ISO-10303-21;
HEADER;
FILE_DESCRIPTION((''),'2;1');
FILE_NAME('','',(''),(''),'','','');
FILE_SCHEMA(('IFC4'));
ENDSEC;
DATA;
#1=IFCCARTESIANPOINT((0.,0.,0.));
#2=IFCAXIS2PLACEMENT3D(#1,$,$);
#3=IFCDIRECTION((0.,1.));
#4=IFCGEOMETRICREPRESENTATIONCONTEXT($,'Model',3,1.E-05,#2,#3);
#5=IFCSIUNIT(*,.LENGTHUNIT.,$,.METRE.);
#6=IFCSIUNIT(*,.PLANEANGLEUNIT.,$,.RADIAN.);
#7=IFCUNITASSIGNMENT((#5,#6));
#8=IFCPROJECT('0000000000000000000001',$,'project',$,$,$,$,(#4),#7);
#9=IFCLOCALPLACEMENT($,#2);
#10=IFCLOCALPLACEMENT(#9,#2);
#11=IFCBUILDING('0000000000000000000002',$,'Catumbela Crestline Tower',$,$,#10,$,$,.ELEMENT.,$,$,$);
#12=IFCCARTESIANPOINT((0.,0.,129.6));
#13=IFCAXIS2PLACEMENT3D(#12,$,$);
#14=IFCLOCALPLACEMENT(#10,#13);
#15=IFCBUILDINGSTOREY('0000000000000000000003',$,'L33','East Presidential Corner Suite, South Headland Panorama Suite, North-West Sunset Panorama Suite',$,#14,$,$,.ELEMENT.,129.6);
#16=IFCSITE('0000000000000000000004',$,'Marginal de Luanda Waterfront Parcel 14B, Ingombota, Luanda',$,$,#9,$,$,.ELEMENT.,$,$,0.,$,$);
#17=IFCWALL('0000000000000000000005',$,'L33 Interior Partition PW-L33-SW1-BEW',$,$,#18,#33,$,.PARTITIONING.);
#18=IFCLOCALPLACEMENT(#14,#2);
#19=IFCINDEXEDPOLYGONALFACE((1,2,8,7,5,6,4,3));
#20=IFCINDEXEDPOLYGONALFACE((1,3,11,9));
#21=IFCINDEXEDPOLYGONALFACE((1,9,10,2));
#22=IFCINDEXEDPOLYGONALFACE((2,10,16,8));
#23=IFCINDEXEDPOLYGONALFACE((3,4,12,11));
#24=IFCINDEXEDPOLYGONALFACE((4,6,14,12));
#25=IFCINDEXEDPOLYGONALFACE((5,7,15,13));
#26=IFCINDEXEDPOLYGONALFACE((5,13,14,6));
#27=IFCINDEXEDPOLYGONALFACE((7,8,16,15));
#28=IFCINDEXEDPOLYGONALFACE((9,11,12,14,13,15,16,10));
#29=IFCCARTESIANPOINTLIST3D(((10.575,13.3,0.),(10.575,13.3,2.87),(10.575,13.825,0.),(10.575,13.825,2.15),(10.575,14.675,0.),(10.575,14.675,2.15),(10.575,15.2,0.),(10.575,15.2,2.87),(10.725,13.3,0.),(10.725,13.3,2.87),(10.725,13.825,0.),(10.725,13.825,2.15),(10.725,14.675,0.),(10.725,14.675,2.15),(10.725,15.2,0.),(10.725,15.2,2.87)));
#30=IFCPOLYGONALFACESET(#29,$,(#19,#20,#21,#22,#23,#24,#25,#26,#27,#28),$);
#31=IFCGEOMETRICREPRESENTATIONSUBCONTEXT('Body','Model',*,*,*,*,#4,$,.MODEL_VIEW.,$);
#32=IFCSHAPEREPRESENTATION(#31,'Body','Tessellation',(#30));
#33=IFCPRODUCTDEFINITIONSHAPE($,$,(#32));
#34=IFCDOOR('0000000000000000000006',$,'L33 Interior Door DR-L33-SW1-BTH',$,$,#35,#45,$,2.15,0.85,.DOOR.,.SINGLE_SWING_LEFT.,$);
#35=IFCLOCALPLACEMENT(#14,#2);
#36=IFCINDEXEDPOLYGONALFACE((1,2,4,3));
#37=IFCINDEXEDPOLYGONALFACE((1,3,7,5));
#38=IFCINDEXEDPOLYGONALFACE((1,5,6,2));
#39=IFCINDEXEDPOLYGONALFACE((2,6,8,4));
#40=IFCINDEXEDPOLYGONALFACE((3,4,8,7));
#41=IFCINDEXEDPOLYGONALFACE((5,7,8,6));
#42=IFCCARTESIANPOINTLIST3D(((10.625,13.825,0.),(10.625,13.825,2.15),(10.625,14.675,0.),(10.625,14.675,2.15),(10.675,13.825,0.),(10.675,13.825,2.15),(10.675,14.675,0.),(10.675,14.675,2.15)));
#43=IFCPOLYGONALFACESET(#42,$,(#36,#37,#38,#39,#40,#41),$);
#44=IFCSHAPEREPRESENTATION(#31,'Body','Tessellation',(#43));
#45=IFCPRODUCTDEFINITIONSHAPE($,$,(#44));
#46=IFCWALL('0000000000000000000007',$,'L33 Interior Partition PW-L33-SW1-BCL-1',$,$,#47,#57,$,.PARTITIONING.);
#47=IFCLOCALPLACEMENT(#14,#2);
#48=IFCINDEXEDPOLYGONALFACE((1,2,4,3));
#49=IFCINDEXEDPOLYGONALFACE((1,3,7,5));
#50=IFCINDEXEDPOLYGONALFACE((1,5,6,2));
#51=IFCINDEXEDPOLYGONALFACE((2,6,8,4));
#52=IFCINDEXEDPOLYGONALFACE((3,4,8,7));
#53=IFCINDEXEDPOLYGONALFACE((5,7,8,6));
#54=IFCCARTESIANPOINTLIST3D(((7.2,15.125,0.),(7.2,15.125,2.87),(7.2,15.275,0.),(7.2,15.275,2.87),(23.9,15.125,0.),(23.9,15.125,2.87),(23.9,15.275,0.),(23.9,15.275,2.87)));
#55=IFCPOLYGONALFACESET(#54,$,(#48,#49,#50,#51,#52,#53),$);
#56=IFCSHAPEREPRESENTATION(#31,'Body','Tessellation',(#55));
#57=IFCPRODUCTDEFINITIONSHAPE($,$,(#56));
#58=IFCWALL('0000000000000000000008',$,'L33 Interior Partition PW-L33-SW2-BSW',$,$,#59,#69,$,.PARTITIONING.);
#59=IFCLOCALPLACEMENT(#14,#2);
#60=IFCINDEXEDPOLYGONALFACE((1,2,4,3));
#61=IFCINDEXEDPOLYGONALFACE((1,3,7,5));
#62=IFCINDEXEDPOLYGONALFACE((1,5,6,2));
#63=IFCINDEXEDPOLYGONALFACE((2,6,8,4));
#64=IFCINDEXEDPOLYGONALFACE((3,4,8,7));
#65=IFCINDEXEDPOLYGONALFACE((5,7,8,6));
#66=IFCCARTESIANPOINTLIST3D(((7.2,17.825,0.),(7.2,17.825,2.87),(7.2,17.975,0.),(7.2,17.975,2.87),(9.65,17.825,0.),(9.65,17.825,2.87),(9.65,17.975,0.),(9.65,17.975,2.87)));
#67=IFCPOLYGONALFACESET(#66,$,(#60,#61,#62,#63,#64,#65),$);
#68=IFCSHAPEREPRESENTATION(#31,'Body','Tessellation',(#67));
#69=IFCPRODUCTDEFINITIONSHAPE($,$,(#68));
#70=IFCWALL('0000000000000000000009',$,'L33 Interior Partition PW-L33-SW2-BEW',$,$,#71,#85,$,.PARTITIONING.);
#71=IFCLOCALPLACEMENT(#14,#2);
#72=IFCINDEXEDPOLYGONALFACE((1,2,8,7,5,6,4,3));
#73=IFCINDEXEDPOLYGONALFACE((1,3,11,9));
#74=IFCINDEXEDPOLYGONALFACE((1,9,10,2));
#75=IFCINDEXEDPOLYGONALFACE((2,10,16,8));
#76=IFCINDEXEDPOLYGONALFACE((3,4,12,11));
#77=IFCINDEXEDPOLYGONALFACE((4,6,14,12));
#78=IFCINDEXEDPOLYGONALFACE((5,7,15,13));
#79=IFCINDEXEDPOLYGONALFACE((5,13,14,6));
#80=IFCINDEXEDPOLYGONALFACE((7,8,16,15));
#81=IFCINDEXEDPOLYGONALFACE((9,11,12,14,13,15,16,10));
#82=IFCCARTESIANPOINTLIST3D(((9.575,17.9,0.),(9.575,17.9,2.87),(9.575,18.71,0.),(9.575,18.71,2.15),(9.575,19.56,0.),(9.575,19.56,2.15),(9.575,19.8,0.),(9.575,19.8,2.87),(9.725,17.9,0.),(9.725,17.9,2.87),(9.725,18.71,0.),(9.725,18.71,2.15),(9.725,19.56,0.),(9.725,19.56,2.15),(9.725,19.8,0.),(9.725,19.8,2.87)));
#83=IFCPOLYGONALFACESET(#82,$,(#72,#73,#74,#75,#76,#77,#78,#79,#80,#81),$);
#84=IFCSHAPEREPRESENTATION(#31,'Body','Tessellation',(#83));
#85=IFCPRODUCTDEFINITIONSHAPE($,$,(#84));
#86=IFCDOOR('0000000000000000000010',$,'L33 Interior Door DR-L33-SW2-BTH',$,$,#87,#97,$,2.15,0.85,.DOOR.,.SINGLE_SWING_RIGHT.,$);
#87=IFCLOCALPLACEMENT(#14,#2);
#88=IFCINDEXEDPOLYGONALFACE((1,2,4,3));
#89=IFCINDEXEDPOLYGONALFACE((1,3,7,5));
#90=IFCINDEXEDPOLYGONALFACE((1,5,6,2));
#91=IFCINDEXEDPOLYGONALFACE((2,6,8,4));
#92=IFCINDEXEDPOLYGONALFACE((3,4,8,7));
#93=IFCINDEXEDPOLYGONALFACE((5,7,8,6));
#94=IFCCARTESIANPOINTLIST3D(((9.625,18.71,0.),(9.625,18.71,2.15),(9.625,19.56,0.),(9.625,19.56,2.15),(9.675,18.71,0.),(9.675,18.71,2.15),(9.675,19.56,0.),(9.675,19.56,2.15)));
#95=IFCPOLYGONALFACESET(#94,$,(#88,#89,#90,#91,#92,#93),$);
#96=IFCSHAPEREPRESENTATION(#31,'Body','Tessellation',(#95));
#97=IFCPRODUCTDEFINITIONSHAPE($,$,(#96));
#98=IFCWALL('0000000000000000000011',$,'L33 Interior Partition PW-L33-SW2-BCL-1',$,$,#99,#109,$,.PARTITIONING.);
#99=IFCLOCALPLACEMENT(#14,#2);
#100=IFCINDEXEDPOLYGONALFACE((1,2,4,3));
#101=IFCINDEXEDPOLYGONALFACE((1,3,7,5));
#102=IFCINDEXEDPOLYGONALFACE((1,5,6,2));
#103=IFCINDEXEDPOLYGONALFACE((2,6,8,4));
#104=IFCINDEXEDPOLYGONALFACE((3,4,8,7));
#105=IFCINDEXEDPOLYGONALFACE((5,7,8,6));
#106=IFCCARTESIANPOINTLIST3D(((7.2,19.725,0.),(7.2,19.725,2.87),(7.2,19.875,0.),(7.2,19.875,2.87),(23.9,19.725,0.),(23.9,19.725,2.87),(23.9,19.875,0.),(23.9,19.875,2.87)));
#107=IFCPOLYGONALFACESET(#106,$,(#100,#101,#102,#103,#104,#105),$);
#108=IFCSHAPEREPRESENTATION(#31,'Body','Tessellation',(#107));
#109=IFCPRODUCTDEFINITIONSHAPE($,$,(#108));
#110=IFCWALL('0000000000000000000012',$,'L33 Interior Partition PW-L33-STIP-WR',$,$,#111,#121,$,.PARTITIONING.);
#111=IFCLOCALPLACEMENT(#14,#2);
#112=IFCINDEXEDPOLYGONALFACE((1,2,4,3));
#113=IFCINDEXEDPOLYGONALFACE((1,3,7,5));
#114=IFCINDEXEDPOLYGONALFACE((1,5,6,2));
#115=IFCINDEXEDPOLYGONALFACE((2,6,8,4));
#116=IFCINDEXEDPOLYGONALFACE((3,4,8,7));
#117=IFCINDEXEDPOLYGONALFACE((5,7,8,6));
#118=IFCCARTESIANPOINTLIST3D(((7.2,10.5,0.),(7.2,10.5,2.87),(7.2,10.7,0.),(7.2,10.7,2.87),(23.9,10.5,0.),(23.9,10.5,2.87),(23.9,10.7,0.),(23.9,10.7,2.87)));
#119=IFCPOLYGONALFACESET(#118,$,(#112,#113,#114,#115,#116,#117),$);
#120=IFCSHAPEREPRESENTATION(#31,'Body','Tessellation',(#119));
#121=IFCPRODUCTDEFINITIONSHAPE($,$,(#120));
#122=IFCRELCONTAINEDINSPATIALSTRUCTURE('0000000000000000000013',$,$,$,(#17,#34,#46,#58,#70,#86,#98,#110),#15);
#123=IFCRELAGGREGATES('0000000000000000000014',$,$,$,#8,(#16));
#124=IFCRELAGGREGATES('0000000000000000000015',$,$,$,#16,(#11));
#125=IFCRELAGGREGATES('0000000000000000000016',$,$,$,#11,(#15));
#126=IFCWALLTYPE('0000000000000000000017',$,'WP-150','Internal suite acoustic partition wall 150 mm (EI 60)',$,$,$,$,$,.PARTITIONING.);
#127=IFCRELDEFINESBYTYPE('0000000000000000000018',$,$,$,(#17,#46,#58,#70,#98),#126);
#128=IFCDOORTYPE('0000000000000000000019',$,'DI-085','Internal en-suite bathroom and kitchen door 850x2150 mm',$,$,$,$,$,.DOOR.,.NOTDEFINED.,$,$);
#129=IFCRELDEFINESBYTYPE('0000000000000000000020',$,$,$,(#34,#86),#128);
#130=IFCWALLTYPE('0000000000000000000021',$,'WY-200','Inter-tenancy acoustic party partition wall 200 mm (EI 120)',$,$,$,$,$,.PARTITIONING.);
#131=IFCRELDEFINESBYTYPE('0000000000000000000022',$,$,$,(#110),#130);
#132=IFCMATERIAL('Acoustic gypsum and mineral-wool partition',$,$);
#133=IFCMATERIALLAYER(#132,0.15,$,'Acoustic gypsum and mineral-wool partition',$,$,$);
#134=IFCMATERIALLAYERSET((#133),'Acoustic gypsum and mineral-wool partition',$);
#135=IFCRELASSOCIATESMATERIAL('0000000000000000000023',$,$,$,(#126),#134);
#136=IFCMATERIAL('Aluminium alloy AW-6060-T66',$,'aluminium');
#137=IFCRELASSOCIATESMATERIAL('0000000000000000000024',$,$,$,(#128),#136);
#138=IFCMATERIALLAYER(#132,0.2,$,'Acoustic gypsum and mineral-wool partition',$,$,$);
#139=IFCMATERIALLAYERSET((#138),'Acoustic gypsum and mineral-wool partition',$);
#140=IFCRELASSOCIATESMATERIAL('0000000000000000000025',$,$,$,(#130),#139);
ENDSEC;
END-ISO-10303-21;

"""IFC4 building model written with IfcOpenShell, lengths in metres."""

from ifc_helpers import new_model, si_unit, direction, frame, frame_2d, origin, place, context, subcontext, project, spatial, rectangle, extrude, material, layer, layer_set, type_object, element, fill, save


model = new_model("IFC4")

# Units and contexts
model_context = context("Model", 3, precision=1e-05, world=origin(), true_north=direction((0.0, 1.0)))
body_context = subcontext(model_context, "Body", "Model", "MODEL_VIEW")
ifc_project = project(units=[si_unit("LENGTHUNIT", "METRE"), si_unit("PLANEANGLEUNIT", "RADIAN")], contexts=[model_context])

# Site, building, storey
site_placement = place(None, origin())
site = spatial("IfcSite", under=ifc_project, at=site_placement, Name="Marginal de Luanda Waterfront Parcel 14B, Ingombota, Luanda", CompositionType="ELEMENT", RefElevation=0.0)
building_placement = place(site_placement, origin())
building = spatial("IfcBuilding", under=site, at=building_placement, Name="Catumbela Crestline Tower", CompositionType="ELEMENT")
storey_placement = place(building_placement, frame((0.0, 0.0, 129.6)))
storey = spatial("IfcBuildingStorey", under=building, at=storey_placement, Name="L33", Description="East Presidential Corner Suite, South Headland Panorama Suite, North-West Sunset Panorama Suite", CompositionType="ELEMENT", Elevation=129.6)

# Shared definitions
ifc_material_1 = material(Name="Acoustic gypsum and mineral-wool partition")
ifc_material_2 = material(Name="Aluminium alloy AW-6060-T66", Category="aluminium")

# Shared definitions
ifc_layer_1 = layer(ifc_material_1, 0.15, Name="Acoustic gypsum and mineral-wool partition")
ifc_layer_set_1 = layer_set([ifc_layer_1], Name="Acoustic gypsum and mineral-wool partition")
wall_type_1 = type_object("IfcWallType", Name="WP-150", Description="Internal suite acoustic partition wall 150 mm (EI 60)", PredefinedType="PARTITIONING", material=ifc_layer_set_1)

# Wall, opening, door
wall_1_placement = place(storey_placement, frame((10.65, 13.3, 0.0), z_axis=(0.0, 0.0, 1.0), x_axis=(0.0, 1.0, 0.0)))
wall_1 = element("IfcWall", 1, at=wall_1_placement, inside=storey, type_object=wall_type_1, Name="L33 Interior Partition PW-L33-SW1-BEW", PredefinedType="PARTITIONING", context=body_context, shape_type="SweptSolid", body=[
    extrude(rectangle(XDim=1.9, YDim=0.15, at=frame_2d((0.95, 0.0))), origin(), (0.0, 0.0, 1.0), 2.87),
])
opening_1_placement = place(wall_1_placement, frame((0.525, 0.0, 0.0)))
opening_1 = element("IfcOpeningElement", 2, at=opening_1_placement, cuts=wall_1, PredefinedType="OPENING", context=body_context, shape_type="SweptSolid", body=[
    extrude(rectangle(XDim=0.85, YDim=2.15, at=frame_2d((0.425, 1.075))), frame((0.0, 0.085, 0.0), z_axis=(0.0, -1.0, 0.0), x_axis=(1.0, 0.0, 0.0)), (0.0, 0.0, 1.0), 0.17),
])
door_type_1 = type_object("IfcDoorType", Name="DI-085", Description="Internal en-suite bathroom and kitchen door 850x2150 mm", OperationType="NOTDEFINED", PredefinedType="DOOR", material=ifc_material_2)
door_1_placement = place(opening_1_placement, origin())
door_1 = element("IfcDoor", 3, at=door_1_placement, inside=storey, type_object=door_type_1, Name="L33 Interior Door DR-L33-SW1-BTH", OperationType="SINGLE_SWING_LEFT", OverallHeight=2.15, OverallWidth=0.85, PredefinedType="DOOR", context=body_context, shape_type="SweptSolid", body=[
    extrude(rectangle(XDim=0.85, YDim=2.15, at=frame_2d((0.425, 1.075))), frame((0.0, 0.025, 0.0), z_axis=(0.0, -1.0, 0.0), x_axis=(1.0, 0.0, 0.0)), (0.0, 0.0, 1.0), 0.05),
])
fill(opening_1, door_1)

# Walls
wall_2_placement = place(storey_placement, frame((7.2, 15.2, 0.0), z_axis=(0.0, 0.0, 1.0), x_axis=(1.0, 0.0, 0.0)))
element("IfcWall", 4, at=wall_2_placement, inside=storey, type_object=wall_type_1, Name="L33 Interior Partition PW-L33-SW1-BCL-1", PredefinedType="PARTITIONING", context=body_context, shape_type="SweptSolid", body=[
    extrude(rectangle(XDim=16.7, YDim=0.15, at=frame_2d((8.35, 0.0))), origin(), (0.0, 0.0, 1.0), 2.87),
])
wall_3_placement = place(storey_placement, frame((7.2, 17.9, 0.0), z_axis=(0.0, 0.0, 1.0), x_axis=(1.0, 0.0, 0.0)))
element("IfcWall", 5, at=wall_3_placement, inside=storey, type_object=wall_type_1, Name="L33 Interior Partition PW-L33-SW2-BSW", PredefinedType="PARTITIONING", context=body_context, shape_type="SweptSolid", body=[
    extrude(rectangle(XDim=2.45, YDim=0.15, at=frame_2d((1.225, 0.0))), origin(), (0.0, 0.0, 1.0), 2.87),
])

# Wall, opening, door
wall_4_placement = place(storey_placement, frame((9.65, 17.9, 0.0), z_axis=(0.0, 0.0, 1.0), x_axis=(0.0, 1.0, 0.0)))
wall_4 = element("IfcWall", 6, at=wall_4_placement, inside=storey, type_object=wall_type_1, Name="L33 Interior Partition PW-L33-SW2-BEW", PredefinedType="PARTITIONING", context=body_context, shape_type="SweptSolid", body=[
    extrude(rectangle(XDim=1.9, YDim=0.15, at=frame_2d((0.95, 0.0))), origin(), (0.0, 0.0, 1.0), 2.87),
])
opening_2_placement = place(wall_4_placement, frame((0.81, 0.0, 0.0)))
opening_2 = element("IfcOpeningElement", 7, at=opening_2_placement, cuts=wall_4, PredefinedType="OPENING", context=body_context, shape_type="SweptSolid", body=[
    extrude(rectangle(XDim=0.85, YDim=2.15, at=frame_2d((0.425, 1.075))), frame((0.0, 0.085, 0.0), z_axis=(0.0, -1.0, 0.0), x_axis=(1.0, 0.0, 0.0)), (0.0, 0.0, 1.0), 0.17),
])
door_2_placement = place(opening_2_placement, origin())
door_2 = element("IfcDoor", 8, at=door_2_placement, inside=storey, type_object=door_type_1, Name="L33 Interior Door DR-L33-SW2-BTH", OperationType="SINGLE_SWING_RIGHT", OverallHeight=2.15, OverallWidth=0.85, PredefinedType="DOOR", context=body_context, shape_type="SweptSolid", body=[
    extrude(rectangle(XDim=0.85, YDim=2.15, at=frame_2d((0.425, 1.075))), frame((0.0, 0.025, 0.0), z_axis=(0.0, -1.0, 0.0), x_axis=(1.0, 0.0, 0.0)), (0.0, 0.0, 1.0), 0.05),
])
fill(opening_2, door_2)

# Walls
wall_5_placement = place(storey_placement, frame((7.2, 19.8, 0.0), z_axis=(0.0, 0.0, 1.0), x_axis=(1.0, 0.0, 0.0)))
element("IfcWall", 9, at=wall_5_placement, inside=storey, type_object=wall_type_1, Name="L33 Interior Partition PW-L33-SW2-BCL-1", PredefinedType="PARTITIONING", context=body_context, shape_type="SweptSolid", body=[
    extrude(rectangle(XDim=16.7, YDim=0.15, at=frame_2d((8.35, 0.0))), origin(), (0.0, 0.0, 1.0), 2.87),
])
ifc_layer_2 = layer(ifc_material_1, 0.2, Name="Acoustic gypsum and mineral-wool partition")
ifc_layer_set_2 = layer_set([ifc_layer_2], Name="Acoustic gypsum and mineral-wool partition")
wall_type_2 = type_object("IfcWallType", Name="WY-200", Description="Inter-tenancy acoustic party partition wall 200 mm (EI 120)", PredefinedType="PARTITIONING", material=ifc_layer_set_2)
wall_6_placement = place(storey_placement, frame((7.2, 10.6, 0.0), z_axis=(0.0, 0.0, 1.0), x_axis=(1.0, 0.0, 0.0)))
element("IfcWall", 10, at=wall_6_placement, inside=storey, type_object=wall_type_2, Name="L33 Interior Partition PW-L33-STIP-WR", PredefinedType="PARTITIONING", context=body_context, shape_type="SweptSolid", body=[
    extrude(rectangle(XDim=16.7, YDim=0.2, at=frame_2d((8.35, 0.0))), origin(), (0.0, 0.0, 1.0), 2.87),
])

save(model, "model.ifc")
